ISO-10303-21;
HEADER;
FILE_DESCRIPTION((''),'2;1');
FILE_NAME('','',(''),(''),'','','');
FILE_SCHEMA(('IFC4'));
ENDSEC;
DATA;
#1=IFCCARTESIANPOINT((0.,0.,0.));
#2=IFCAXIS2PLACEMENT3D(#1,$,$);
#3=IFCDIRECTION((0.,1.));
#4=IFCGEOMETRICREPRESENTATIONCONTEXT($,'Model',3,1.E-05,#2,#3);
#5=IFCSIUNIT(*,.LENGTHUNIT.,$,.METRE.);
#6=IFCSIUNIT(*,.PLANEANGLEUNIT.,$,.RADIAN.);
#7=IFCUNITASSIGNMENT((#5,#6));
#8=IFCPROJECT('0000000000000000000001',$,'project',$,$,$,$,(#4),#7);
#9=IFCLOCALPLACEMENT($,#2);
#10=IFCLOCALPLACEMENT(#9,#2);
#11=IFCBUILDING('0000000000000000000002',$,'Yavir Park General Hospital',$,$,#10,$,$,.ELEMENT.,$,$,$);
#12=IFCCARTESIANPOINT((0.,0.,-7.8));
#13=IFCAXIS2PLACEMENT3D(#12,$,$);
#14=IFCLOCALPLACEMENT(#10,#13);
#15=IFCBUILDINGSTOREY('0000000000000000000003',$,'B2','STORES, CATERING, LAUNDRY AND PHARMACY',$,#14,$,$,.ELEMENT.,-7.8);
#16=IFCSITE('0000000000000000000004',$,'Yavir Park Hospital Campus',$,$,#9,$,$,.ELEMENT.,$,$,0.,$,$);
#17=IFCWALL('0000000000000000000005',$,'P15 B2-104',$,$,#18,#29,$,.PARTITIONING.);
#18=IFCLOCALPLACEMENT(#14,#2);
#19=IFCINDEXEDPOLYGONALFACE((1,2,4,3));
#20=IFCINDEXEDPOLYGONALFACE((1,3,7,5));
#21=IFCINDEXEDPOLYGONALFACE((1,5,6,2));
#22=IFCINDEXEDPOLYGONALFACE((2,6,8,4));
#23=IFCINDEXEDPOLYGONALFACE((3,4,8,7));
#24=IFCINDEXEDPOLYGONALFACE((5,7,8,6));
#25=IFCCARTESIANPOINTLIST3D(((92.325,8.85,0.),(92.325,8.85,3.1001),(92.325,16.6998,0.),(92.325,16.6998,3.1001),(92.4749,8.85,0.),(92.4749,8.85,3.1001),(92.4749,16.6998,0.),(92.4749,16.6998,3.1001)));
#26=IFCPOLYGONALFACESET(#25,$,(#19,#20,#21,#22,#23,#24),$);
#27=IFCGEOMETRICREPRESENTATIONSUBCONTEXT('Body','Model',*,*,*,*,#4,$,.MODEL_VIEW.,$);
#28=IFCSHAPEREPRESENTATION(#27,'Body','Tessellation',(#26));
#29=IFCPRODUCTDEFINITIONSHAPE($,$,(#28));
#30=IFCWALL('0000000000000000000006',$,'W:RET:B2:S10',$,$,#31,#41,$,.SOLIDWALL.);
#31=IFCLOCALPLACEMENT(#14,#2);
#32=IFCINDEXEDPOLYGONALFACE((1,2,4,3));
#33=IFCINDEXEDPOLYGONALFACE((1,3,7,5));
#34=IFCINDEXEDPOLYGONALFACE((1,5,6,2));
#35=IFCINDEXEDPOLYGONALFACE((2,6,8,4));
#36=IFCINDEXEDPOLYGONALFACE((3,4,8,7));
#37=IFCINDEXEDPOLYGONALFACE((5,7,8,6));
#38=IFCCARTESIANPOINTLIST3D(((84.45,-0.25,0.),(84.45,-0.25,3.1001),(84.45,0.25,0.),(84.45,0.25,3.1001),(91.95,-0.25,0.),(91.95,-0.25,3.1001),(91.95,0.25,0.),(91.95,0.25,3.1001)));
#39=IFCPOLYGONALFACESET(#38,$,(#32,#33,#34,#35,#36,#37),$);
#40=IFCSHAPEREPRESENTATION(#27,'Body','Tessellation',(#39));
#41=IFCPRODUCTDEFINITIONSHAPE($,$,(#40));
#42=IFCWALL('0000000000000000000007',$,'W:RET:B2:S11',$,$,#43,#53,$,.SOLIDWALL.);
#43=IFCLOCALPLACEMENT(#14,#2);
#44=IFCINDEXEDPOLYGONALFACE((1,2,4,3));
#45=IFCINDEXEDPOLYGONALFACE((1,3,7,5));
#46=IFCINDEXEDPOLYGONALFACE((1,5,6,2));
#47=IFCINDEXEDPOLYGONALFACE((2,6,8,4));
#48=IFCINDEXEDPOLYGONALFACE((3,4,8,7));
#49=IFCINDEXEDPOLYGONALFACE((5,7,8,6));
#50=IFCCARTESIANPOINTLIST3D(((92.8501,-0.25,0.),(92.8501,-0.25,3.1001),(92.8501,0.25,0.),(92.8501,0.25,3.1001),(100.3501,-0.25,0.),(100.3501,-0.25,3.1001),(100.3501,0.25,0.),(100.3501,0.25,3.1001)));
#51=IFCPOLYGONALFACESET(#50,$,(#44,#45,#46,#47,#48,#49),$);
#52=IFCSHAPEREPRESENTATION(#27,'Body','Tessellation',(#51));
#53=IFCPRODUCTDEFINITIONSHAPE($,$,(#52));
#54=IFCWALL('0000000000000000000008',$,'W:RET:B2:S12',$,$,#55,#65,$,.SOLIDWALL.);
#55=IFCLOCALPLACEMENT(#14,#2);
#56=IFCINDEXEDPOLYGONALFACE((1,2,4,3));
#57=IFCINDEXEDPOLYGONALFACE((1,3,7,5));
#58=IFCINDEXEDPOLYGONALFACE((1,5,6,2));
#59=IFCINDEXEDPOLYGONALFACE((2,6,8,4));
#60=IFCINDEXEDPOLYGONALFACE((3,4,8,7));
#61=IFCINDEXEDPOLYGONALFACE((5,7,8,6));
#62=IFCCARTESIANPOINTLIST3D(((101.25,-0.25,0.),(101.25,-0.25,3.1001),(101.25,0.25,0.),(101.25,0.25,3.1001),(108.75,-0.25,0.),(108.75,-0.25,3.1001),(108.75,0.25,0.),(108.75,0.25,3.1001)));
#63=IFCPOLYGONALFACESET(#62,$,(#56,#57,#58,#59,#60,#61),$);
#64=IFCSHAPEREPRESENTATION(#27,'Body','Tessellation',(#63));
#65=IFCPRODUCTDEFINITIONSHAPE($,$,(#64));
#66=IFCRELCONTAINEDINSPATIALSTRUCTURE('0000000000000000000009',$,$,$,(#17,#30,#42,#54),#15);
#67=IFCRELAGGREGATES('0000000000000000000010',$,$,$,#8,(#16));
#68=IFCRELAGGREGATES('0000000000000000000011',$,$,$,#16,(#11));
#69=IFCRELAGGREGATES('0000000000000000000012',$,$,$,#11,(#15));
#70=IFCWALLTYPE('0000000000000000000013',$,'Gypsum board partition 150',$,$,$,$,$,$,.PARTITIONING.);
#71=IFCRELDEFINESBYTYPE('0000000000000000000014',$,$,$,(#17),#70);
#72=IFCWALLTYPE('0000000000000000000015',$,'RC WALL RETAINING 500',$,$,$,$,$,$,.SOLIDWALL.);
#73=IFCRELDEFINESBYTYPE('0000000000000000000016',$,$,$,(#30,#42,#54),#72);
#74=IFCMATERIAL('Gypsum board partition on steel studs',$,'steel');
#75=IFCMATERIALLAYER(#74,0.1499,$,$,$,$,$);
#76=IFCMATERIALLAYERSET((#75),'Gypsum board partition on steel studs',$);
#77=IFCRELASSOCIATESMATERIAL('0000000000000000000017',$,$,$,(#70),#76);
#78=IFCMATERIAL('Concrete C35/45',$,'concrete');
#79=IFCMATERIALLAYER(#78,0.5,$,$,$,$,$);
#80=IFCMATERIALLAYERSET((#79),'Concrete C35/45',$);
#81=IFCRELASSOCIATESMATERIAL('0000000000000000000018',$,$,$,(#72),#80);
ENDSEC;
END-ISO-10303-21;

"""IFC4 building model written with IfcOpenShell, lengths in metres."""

from ifc_helpers import new_model, si_unit, direction, frame, frame_2d, origin, place, context, subcontext, project, spatial, rectangle, extrude, material, layer, layer_set, type_object, element, save


model = new_model("IFC4")

# Units and contexts
model_context = context("Model", 3, precision=1e-05, world=origin(), true_north=direction((0.0, 1.0)))
body_context = subcontext(model_context, "Body", "Model", "MODEL_VIEW")
ifc_project = project(units=[si_unit("LENGTHUNIT", "METRE"), si_unit("PLANEANGLEUNIT", "RADIAN")], contexts=[model_context])

# Site, building, storey
site_placement = place(None, origin())
site = spatial("IfcSite", under=ifc_project, at=site_placement, Name="Yavir Park Hospital Campus", CompositionType="ELEMENT", RefElevation=0.0)
building_placement = place(site_placement, origin())
building = spatial("IfcBuilding", under=site, at=building_placement, Name="Yavir Park General Hospital", CompositionType="ELEMENT")
storey_placement = place(building_placement, frame((0.0, 0.0, -7.8)))
storey = spatial("IfcBuildingStorey", under=building, at=storey_placement, Name="B2", Description="STORES, CATERING, LAUNDRY AND PHARMACY", CompositionType="ELEMENT", Elevation=-7.8)

# Shared definitions
ifc_material_1 = material(Name="Gypsum board partition on steel studs", Category="steel")
ifc_layer_1 = layer(ifc_material_1, 0.1499)
ifc_layer_set_1 = layer_set([ifc_layer_1], Name="Gypsum board partition on steel studs")
wall_type_1 = type_object("IfcWallType", Name="Gypsum board partition 150", PredefinedType="PARTITIONING", material=ifc_layer_set_1)

# Walls
wall_1_placement = place(storey_placement, frame((92.3999, 8.8501, 0.0), z_axis=(0.0, 0.0, 1.0), x_axis=(0.0, 1.0, 0.0)))
element("IfcWall", 1, at=wall_1_placement, inside=storey, type_object=wall_type_1, Name="P15 B2-104", PredefinedType="PARTITIONING", context=body_context, shape_type="SweptSolid", body=[
    extrude(rectangle(XDim=7.8499, YDim=0.1499, at=frame_2d((3.9248, 0.0))), origin(), (0.0, 0.0, 1.0), 3.1001),
])
ifc_material_2 = material(Name="Concrete C35/45", Category="concrete")
ifc_layer_2 = layer(ifc_material_2, 0.5)
ifc_layer_set_2 = layer_set([ifc_layer_2], Name="Concrete C35/45")
wall_type_2 = type_object("IfcWallType", Name="RC WALL RETAINING 500", PredefinedType="SOLIDWALL", material=ifc_layer_set_2)
for number, where, z_axis, x_axis, name in (
    (2, (84.45, 0.0, 0.0), (0.0, 0.0, 1.0), (1.0, 0.0, 0.0), "W:RET:B2:S10"),
    (3, (92.8501, 0.0, 0.0), (0.0, 0.0, 1.0), (1.0, 0.0, 0.0), "W:RET:B2:S11"),
    (4, (101.25, 0.0, 0.0), (0.0, 0.0, 1.0), (1.0, 0.0, 0.0), "W:RET:B2:S12"),
):
    element("IfcWall", number, at=place(storey_placement, frame(where, z_axis=z_axis, x_axis=x_axis)), inside=storey, type_object=wall_type_2, Name=name, PredefinedType="SOLIDWALL", context=body_context, shape_type="SweptSolid", body=[
        extrude(rectangle(XDim=7.5, YDim=0.5, at=frame_2d((3.75, 0.0))), origin(), (0.0, 0.0, 1.0), 3.1001),
    ])

save(model, "model.ifc")
